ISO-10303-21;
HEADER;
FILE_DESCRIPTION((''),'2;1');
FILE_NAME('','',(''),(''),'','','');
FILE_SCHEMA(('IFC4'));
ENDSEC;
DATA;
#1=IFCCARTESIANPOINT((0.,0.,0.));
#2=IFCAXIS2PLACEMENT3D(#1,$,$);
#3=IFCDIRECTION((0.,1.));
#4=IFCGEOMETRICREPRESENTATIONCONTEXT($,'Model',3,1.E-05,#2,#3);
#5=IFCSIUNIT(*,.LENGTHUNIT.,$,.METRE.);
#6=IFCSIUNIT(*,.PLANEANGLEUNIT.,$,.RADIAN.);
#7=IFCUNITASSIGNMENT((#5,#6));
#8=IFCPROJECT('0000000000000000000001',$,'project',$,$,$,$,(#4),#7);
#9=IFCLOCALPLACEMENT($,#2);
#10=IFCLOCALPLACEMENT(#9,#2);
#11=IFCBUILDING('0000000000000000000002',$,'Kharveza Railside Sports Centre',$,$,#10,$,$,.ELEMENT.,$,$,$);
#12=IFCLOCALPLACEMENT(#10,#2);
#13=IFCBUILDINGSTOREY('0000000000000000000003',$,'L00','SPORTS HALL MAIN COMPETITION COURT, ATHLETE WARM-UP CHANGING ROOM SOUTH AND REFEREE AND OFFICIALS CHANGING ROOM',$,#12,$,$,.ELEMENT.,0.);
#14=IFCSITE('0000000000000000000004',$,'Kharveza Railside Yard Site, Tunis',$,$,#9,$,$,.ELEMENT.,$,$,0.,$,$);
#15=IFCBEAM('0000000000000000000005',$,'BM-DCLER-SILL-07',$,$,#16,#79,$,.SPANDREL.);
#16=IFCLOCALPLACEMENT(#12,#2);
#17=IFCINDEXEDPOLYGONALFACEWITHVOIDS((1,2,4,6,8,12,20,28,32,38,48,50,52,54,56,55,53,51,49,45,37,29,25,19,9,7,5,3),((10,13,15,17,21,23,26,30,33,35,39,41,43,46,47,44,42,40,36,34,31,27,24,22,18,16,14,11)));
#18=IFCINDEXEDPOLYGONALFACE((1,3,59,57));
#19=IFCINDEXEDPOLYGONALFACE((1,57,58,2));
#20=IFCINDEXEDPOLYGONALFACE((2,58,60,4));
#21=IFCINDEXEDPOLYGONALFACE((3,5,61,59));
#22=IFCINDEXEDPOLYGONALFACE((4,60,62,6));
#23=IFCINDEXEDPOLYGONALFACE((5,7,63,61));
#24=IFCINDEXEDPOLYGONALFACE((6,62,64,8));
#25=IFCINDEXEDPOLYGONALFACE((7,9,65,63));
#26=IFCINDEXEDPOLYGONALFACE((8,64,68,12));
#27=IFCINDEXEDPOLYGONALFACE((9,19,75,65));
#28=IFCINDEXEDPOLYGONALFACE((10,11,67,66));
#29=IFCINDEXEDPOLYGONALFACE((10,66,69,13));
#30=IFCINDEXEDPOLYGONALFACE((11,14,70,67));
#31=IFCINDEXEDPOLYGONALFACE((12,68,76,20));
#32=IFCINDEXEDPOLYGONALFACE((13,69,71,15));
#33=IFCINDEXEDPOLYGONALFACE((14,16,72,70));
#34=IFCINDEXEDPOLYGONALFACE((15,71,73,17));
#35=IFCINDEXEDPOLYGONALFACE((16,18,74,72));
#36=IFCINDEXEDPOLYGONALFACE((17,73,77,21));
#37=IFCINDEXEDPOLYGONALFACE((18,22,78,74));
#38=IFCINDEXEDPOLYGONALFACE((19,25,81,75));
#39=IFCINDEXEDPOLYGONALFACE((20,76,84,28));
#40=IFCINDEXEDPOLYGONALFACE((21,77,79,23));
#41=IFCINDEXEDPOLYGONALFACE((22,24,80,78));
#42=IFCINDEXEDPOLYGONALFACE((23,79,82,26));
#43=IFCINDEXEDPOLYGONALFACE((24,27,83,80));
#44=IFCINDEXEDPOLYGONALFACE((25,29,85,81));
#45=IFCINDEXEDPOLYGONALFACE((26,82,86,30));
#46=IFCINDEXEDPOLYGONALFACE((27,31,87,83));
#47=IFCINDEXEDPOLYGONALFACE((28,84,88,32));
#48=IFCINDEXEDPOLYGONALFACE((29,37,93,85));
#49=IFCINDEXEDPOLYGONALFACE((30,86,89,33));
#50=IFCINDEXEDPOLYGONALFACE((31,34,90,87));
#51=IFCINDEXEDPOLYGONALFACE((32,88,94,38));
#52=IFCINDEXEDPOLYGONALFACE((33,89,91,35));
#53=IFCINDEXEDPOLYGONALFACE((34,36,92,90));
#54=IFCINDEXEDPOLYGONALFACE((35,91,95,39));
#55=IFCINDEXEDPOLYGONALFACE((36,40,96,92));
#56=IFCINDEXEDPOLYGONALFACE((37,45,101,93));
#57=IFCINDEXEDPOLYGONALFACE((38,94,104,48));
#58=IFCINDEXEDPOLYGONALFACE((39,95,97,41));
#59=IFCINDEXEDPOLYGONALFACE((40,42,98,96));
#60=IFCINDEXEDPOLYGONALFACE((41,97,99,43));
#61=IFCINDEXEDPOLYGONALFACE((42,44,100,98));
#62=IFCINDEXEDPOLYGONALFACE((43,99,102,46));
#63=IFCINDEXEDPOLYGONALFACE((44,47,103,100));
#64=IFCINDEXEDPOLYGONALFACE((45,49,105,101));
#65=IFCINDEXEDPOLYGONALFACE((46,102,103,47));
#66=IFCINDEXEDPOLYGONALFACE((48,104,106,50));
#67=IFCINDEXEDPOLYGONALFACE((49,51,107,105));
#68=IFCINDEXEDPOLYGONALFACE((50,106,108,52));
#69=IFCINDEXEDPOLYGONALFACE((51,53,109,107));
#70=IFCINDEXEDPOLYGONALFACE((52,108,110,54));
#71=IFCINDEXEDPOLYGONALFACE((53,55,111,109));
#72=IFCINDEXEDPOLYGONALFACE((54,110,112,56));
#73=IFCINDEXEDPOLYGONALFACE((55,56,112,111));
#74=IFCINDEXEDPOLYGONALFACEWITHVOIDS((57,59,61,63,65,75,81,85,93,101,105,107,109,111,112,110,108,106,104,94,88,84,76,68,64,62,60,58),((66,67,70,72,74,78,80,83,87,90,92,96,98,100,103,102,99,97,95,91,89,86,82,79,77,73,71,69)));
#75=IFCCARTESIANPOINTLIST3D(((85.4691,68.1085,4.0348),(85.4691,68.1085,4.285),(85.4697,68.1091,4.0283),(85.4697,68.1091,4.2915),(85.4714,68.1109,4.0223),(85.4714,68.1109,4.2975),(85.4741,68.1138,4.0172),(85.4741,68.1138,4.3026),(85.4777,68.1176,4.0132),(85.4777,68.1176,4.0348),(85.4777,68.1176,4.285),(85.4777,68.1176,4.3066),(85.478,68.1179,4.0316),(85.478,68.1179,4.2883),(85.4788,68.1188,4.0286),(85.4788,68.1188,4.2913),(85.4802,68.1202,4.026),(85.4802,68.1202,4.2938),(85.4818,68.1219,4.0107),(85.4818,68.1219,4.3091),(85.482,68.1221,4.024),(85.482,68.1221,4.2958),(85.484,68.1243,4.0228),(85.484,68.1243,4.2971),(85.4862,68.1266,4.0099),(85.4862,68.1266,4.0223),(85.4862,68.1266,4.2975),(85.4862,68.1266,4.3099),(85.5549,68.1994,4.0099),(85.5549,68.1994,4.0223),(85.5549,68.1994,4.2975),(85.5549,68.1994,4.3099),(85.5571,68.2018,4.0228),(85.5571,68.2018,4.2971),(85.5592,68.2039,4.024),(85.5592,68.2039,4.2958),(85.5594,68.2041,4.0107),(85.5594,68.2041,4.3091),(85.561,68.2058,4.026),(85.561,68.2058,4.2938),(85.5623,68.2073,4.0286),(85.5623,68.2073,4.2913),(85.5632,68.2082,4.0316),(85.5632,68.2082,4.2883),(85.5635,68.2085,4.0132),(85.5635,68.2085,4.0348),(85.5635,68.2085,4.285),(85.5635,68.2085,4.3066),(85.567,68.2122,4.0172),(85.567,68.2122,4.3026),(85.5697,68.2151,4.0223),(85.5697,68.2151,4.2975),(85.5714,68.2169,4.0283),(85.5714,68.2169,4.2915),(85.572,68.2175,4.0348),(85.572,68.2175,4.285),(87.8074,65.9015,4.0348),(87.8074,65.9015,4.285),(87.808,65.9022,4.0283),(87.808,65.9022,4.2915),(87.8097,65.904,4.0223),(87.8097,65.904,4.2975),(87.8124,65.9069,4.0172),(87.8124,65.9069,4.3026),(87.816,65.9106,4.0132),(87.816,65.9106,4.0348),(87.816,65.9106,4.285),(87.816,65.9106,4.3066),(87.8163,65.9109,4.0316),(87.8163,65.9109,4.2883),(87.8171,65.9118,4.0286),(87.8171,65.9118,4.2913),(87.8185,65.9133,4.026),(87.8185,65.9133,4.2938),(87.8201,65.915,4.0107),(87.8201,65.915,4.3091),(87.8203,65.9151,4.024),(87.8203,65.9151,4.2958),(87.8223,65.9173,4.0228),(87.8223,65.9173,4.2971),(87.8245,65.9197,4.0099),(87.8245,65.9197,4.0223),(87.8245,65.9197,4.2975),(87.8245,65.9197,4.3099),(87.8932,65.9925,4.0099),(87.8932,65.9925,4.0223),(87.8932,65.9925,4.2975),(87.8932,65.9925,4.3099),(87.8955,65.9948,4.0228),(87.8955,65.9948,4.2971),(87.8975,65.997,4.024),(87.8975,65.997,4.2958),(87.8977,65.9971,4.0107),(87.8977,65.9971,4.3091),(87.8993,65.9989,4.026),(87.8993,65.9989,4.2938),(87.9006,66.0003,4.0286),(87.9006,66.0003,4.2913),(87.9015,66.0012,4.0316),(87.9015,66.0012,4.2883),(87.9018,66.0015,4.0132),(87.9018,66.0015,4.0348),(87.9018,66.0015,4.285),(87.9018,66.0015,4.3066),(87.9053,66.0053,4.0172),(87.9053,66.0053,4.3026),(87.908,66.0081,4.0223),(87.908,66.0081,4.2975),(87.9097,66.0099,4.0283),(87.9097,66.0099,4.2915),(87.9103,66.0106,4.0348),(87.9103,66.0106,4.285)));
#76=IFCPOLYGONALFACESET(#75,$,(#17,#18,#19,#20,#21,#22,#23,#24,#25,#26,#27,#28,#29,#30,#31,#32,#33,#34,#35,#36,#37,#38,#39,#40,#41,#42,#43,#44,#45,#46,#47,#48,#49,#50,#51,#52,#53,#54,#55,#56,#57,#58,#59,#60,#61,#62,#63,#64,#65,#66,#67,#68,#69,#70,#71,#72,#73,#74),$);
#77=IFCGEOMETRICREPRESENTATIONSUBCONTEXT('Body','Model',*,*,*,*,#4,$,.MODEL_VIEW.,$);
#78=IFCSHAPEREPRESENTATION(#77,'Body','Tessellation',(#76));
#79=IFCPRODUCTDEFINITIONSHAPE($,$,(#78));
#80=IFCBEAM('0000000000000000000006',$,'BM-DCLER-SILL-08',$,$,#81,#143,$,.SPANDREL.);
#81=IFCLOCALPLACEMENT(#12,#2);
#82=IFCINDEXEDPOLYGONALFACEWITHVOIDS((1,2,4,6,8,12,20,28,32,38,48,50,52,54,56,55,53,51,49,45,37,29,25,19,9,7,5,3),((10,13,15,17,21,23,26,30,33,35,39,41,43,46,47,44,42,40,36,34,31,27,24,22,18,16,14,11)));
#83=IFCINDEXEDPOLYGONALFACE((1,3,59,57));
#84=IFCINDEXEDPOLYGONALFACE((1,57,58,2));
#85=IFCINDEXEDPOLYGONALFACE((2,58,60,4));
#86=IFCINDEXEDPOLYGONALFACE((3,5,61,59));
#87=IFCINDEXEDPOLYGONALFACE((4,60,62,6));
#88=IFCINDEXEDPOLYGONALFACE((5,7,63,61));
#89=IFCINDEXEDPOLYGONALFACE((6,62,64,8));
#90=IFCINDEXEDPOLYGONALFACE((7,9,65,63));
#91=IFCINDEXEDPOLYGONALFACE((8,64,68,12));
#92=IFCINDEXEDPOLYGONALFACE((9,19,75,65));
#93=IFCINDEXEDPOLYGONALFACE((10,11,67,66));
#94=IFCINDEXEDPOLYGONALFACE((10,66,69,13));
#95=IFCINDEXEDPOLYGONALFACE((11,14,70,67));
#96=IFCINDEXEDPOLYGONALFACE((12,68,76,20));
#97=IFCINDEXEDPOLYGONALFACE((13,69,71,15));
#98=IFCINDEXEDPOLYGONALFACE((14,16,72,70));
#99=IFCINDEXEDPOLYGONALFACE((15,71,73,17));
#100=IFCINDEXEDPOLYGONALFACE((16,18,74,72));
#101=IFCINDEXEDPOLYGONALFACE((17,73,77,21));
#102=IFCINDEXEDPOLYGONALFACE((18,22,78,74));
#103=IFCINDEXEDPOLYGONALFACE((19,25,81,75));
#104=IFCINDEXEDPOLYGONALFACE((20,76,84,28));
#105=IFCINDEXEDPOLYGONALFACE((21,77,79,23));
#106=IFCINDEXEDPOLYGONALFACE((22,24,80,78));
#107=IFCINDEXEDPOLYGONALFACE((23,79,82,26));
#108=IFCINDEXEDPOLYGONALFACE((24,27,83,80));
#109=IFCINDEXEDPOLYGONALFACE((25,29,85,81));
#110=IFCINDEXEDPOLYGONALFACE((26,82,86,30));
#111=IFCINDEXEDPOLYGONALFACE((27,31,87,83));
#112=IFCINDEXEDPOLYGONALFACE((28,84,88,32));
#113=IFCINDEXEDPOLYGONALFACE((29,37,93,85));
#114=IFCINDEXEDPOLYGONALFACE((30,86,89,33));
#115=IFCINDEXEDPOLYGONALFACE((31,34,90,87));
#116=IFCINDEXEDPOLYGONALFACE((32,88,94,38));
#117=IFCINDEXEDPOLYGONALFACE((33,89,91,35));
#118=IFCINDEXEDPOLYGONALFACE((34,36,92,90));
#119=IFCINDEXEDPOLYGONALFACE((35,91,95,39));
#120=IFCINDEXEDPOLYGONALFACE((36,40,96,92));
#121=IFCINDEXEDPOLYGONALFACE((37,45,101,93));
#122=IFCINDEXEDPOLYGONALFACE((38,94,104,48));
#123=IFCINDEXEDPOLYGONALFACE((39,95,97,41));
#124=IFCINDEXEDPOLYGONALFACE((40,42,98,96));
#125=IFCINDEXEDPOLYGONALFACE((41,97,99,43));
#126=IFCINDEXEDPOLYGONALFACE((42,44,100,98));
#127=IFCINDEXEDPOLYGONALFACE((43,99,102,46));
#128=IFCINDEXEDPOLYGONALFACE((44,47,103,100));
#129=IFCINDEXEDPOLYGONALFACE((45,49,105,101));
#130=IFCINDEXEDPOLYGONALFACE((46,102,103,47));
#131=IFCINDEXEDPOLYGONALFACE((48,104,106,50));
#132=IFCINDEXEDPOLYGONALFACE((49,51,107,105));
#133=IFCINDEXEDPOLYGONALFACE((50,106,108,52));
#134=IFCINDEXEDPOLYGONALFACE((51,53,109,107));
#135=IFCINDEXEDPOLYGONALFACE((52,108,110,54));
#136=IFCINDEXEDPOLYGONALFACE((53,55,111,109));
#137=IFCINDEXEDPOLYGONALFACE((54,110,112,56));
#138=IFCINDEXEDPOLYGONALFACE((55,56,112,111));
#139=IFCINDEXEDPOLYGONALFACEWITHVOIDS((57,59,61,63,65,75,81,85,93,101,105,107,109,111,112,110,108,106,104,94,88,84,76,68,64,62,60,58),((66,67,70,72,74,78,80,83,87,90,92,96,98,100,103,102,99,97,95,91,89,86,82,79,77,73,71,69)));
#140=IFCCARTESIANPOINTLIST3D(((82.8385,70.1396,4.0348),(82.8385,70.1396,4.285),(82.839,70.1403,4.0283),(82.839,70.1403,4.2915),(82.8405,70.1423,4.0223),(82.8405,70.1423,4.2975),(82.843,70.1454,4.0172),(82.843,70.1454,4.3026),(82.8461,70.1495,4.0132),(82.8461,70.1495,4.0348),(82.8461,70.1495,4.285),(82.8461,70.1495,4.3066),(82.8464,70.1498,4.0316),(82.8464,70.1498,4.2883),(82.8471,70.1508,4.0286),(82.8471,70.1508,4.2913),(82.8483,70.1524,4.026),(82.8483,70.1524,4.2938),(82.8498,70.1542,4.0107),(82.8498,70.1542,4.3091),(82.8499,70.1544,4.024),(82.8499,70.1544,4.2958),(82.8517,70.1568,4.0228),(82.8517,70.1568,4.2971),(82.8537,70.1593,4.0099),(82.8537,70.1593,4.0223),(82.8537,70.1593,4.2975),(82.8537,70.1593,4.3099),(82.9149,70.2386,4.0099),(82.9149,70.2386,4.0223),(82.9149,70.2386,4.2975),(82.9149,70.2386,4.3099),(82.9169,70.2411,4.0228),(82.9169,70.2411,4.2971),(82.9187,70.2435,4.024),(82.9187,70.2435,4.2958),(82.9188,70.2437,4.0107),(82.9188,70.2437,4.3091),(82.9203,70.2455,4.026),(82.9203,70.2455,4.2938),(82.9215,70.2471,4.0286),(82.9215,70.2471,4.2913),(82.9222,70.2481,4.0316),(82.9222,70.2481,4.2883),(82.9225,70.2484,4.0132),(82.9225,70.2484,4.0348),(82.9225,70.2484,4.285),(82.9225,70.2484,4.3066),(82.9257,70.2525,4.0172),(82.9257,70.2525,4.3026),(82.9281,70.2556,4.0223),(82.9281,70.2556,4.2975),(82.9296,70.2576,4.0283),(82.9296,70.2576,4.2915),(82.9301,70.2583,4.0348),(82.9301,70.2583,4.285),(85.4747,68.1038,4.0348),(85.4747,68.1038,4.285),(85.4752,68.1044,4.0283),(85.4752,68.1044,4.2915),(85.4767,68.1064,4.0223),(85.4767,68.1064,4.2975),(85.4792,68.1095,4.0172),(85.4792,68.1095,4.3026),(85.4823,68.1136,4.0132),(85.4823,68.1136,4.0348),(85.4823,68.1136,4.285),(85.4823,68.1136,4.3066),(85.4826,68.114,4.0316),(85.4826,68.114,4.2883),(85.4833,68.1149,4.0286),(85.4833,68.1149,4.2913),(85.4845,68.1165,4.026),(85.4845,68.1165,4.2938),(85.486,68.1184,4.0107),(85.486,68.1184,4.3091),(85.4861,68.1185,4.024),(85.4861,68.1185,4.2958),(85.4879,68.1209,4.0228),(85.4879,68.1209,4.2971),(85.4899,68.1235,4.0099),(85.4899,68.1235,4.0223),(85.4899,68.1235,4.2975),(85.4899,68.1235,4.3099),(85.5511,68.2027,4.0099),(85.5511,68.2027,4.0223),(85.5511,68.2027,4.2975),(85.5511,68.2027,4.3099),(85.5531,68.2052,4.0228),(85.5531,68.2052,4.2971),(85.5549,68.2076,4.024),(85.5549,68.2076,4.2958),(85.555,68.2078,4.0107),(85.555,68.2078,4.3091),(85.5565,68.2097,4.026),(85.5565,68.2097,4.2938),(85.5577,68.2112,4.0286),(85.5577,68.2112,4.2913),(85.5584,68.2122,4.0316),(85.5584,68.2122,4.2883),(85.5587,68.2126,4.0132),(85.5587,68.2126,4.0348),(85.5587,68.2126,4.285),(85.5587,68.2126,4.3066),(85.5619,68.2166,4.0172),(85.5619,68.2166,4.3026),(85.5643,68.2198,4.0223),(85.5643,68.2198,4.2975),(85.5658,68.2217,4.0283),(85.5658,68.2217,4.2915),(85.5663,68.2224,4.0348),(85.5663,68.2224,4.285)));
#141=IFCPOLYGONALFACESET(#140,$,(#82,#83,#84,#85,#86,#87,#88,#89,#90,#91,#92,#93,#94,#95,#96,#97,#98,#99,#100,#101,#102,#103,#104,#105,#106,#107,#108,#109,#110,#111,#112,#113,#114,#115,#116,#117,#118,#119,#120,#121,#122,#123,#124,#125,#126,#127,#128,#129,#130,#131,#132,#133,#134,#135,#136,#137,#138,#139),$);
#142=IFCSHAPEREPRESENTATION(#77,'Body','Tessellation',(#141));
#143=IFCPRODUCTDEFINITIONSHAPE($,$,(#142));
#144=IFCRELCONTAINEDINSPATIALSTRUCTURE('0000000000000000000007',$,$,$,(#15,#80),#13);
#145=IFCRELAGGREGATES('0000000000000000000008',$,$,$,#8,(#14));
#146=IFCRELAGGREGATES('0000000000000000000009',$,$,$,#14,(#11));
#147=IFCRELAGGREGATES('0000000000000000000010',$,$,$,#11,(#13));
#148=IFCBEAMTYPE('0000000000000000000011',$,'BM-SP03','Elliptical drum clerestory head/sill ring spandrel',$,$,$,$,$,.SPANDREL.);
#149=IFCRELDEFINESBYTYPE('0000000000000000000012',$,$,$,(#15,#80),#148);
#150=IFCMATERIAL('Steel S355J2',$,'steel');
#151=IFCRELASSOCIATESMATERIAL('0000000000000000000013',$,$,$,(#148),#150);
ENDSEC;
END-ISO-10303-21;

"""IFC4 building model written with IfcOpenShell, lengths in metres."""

from ifc_helpers import new_model, si_unit, direction, frame, origin, origin_2d, place, context, subcontext, project, spatial, hollow_rectangle, extrude, material, material_profile, profile_set, type_object, element, save


model = new_model("IFC4")

# Units and contexts
model_context = context("Model", 3, precision=1e-05, world=origin(), true_north=direction((0.0, 1.0)))
body_context = subcontext(model_context, "Body", "Model", "MODEL_VIEW")
ifc_project = project(units=[si_unit("LENGTHUNIT", "METRE"), si_unit("PLANEANGLEUNIT", "RADIAN")], contexts=[model_context])

# Site, building, storey
site_placement = place(None, origin())
site = spatial("IfcSite", under=ifc_project, at=site_placement, Name="Kharveza Railside Yard Site, Tunis", CompositionType="ELEMENT", RefElevation=0.0)
building_placement = place(site_placement, origin())
building = spatial("IfcBuilding", under=site, at=building_placement, Name="Kharveza Railside Sports Centre", CompositionType="ELEMENT")
storey_placement = place(building_placement, origin())
storey = spatial("IfcBuildingStorey", under=building, at=storey_placement, Name="L00", Description="SPORTS HALL MAIN COMPETITION COURT, ATHLETE WARM-UP CHANGING ROOM SOUTH AND REFEREE AND OFFICIALS CHANGING ROOM", CompositionType="ELEMENT", Elevation=0.0)

# Beams
ifc_material_1 = material(Name="Steel S355J2", Category="steel")
ifc_material_profile_1 = material_profile(ifc_material_1, hollow_rectangle(XDim=0.1499, YDim=0.3, WallThickness=0.0125, InnerFilletRadius=0.0125, OuterFilletRadius=0.0249, at=origin_2d()), Name="RHS 150x300x12.5")
ifc_profile_set_1 = profile_set([ifc_material_profile_1], Name="Steel S355J2")
beam_type_1 = type_object("IfcBeamType", Name="BM-SP03", Description="Elliptical drum clerestory head/sill ring spandrel", PredefinedType="SPANDREL", material=ifc_profile_set_1)
beam_1_placement = place(storey_placement, frame((87.8589, 65.9561, 4.1599), z_axis=(-0.727236, 0.686387, 0.0), x_axis=(-0.686387, -0.727236, 0.0)))
element("IfcBeam", 1, at=beam_1_placement, inside=storey, type_object=beam_type_1, Name="BM-DCLER-SILL-07", PredefinedType="SPANDREL", context=body_context, shape_type="SweptSolid", body=[
    extrude(hollow_rectangle(XDim=0.1499, YDim=0.3, WallThickness=0.0125, InnerFilletRadius=0.0125, OuterFilletRadius=0.0249, at=origin_2d()), origin(), (0.0, 0.0, 1.0), 3.2153),
])
beam_2_placement = place(storey_placement, frame((85.5205, 68.1631, 4.1599), z_axis=(-0.791459, 0.611222, 0.0), x_axis=(-0.611222, -0.791459, 0.0)))
element("IfcBeam", 2, at=beam_2_placement, inside=storey, type_object=beam_type_1, Name="BM-DCLER-SILL-08", PredefinedType="SPANDREL", context=body_context, shape_type="SweptSolid", body=[
    extrude(hollow_rectangle(XDim=0.1499, YDim=0.3, WallThickness=0.0125, InnerFilletRadius=0.0125, OuterFilletRadius=0.0249, at=origin_2d()), origin(), (0.0, 0.0, 1.0), 3.3308),
])

save(model, "model.ifc")
